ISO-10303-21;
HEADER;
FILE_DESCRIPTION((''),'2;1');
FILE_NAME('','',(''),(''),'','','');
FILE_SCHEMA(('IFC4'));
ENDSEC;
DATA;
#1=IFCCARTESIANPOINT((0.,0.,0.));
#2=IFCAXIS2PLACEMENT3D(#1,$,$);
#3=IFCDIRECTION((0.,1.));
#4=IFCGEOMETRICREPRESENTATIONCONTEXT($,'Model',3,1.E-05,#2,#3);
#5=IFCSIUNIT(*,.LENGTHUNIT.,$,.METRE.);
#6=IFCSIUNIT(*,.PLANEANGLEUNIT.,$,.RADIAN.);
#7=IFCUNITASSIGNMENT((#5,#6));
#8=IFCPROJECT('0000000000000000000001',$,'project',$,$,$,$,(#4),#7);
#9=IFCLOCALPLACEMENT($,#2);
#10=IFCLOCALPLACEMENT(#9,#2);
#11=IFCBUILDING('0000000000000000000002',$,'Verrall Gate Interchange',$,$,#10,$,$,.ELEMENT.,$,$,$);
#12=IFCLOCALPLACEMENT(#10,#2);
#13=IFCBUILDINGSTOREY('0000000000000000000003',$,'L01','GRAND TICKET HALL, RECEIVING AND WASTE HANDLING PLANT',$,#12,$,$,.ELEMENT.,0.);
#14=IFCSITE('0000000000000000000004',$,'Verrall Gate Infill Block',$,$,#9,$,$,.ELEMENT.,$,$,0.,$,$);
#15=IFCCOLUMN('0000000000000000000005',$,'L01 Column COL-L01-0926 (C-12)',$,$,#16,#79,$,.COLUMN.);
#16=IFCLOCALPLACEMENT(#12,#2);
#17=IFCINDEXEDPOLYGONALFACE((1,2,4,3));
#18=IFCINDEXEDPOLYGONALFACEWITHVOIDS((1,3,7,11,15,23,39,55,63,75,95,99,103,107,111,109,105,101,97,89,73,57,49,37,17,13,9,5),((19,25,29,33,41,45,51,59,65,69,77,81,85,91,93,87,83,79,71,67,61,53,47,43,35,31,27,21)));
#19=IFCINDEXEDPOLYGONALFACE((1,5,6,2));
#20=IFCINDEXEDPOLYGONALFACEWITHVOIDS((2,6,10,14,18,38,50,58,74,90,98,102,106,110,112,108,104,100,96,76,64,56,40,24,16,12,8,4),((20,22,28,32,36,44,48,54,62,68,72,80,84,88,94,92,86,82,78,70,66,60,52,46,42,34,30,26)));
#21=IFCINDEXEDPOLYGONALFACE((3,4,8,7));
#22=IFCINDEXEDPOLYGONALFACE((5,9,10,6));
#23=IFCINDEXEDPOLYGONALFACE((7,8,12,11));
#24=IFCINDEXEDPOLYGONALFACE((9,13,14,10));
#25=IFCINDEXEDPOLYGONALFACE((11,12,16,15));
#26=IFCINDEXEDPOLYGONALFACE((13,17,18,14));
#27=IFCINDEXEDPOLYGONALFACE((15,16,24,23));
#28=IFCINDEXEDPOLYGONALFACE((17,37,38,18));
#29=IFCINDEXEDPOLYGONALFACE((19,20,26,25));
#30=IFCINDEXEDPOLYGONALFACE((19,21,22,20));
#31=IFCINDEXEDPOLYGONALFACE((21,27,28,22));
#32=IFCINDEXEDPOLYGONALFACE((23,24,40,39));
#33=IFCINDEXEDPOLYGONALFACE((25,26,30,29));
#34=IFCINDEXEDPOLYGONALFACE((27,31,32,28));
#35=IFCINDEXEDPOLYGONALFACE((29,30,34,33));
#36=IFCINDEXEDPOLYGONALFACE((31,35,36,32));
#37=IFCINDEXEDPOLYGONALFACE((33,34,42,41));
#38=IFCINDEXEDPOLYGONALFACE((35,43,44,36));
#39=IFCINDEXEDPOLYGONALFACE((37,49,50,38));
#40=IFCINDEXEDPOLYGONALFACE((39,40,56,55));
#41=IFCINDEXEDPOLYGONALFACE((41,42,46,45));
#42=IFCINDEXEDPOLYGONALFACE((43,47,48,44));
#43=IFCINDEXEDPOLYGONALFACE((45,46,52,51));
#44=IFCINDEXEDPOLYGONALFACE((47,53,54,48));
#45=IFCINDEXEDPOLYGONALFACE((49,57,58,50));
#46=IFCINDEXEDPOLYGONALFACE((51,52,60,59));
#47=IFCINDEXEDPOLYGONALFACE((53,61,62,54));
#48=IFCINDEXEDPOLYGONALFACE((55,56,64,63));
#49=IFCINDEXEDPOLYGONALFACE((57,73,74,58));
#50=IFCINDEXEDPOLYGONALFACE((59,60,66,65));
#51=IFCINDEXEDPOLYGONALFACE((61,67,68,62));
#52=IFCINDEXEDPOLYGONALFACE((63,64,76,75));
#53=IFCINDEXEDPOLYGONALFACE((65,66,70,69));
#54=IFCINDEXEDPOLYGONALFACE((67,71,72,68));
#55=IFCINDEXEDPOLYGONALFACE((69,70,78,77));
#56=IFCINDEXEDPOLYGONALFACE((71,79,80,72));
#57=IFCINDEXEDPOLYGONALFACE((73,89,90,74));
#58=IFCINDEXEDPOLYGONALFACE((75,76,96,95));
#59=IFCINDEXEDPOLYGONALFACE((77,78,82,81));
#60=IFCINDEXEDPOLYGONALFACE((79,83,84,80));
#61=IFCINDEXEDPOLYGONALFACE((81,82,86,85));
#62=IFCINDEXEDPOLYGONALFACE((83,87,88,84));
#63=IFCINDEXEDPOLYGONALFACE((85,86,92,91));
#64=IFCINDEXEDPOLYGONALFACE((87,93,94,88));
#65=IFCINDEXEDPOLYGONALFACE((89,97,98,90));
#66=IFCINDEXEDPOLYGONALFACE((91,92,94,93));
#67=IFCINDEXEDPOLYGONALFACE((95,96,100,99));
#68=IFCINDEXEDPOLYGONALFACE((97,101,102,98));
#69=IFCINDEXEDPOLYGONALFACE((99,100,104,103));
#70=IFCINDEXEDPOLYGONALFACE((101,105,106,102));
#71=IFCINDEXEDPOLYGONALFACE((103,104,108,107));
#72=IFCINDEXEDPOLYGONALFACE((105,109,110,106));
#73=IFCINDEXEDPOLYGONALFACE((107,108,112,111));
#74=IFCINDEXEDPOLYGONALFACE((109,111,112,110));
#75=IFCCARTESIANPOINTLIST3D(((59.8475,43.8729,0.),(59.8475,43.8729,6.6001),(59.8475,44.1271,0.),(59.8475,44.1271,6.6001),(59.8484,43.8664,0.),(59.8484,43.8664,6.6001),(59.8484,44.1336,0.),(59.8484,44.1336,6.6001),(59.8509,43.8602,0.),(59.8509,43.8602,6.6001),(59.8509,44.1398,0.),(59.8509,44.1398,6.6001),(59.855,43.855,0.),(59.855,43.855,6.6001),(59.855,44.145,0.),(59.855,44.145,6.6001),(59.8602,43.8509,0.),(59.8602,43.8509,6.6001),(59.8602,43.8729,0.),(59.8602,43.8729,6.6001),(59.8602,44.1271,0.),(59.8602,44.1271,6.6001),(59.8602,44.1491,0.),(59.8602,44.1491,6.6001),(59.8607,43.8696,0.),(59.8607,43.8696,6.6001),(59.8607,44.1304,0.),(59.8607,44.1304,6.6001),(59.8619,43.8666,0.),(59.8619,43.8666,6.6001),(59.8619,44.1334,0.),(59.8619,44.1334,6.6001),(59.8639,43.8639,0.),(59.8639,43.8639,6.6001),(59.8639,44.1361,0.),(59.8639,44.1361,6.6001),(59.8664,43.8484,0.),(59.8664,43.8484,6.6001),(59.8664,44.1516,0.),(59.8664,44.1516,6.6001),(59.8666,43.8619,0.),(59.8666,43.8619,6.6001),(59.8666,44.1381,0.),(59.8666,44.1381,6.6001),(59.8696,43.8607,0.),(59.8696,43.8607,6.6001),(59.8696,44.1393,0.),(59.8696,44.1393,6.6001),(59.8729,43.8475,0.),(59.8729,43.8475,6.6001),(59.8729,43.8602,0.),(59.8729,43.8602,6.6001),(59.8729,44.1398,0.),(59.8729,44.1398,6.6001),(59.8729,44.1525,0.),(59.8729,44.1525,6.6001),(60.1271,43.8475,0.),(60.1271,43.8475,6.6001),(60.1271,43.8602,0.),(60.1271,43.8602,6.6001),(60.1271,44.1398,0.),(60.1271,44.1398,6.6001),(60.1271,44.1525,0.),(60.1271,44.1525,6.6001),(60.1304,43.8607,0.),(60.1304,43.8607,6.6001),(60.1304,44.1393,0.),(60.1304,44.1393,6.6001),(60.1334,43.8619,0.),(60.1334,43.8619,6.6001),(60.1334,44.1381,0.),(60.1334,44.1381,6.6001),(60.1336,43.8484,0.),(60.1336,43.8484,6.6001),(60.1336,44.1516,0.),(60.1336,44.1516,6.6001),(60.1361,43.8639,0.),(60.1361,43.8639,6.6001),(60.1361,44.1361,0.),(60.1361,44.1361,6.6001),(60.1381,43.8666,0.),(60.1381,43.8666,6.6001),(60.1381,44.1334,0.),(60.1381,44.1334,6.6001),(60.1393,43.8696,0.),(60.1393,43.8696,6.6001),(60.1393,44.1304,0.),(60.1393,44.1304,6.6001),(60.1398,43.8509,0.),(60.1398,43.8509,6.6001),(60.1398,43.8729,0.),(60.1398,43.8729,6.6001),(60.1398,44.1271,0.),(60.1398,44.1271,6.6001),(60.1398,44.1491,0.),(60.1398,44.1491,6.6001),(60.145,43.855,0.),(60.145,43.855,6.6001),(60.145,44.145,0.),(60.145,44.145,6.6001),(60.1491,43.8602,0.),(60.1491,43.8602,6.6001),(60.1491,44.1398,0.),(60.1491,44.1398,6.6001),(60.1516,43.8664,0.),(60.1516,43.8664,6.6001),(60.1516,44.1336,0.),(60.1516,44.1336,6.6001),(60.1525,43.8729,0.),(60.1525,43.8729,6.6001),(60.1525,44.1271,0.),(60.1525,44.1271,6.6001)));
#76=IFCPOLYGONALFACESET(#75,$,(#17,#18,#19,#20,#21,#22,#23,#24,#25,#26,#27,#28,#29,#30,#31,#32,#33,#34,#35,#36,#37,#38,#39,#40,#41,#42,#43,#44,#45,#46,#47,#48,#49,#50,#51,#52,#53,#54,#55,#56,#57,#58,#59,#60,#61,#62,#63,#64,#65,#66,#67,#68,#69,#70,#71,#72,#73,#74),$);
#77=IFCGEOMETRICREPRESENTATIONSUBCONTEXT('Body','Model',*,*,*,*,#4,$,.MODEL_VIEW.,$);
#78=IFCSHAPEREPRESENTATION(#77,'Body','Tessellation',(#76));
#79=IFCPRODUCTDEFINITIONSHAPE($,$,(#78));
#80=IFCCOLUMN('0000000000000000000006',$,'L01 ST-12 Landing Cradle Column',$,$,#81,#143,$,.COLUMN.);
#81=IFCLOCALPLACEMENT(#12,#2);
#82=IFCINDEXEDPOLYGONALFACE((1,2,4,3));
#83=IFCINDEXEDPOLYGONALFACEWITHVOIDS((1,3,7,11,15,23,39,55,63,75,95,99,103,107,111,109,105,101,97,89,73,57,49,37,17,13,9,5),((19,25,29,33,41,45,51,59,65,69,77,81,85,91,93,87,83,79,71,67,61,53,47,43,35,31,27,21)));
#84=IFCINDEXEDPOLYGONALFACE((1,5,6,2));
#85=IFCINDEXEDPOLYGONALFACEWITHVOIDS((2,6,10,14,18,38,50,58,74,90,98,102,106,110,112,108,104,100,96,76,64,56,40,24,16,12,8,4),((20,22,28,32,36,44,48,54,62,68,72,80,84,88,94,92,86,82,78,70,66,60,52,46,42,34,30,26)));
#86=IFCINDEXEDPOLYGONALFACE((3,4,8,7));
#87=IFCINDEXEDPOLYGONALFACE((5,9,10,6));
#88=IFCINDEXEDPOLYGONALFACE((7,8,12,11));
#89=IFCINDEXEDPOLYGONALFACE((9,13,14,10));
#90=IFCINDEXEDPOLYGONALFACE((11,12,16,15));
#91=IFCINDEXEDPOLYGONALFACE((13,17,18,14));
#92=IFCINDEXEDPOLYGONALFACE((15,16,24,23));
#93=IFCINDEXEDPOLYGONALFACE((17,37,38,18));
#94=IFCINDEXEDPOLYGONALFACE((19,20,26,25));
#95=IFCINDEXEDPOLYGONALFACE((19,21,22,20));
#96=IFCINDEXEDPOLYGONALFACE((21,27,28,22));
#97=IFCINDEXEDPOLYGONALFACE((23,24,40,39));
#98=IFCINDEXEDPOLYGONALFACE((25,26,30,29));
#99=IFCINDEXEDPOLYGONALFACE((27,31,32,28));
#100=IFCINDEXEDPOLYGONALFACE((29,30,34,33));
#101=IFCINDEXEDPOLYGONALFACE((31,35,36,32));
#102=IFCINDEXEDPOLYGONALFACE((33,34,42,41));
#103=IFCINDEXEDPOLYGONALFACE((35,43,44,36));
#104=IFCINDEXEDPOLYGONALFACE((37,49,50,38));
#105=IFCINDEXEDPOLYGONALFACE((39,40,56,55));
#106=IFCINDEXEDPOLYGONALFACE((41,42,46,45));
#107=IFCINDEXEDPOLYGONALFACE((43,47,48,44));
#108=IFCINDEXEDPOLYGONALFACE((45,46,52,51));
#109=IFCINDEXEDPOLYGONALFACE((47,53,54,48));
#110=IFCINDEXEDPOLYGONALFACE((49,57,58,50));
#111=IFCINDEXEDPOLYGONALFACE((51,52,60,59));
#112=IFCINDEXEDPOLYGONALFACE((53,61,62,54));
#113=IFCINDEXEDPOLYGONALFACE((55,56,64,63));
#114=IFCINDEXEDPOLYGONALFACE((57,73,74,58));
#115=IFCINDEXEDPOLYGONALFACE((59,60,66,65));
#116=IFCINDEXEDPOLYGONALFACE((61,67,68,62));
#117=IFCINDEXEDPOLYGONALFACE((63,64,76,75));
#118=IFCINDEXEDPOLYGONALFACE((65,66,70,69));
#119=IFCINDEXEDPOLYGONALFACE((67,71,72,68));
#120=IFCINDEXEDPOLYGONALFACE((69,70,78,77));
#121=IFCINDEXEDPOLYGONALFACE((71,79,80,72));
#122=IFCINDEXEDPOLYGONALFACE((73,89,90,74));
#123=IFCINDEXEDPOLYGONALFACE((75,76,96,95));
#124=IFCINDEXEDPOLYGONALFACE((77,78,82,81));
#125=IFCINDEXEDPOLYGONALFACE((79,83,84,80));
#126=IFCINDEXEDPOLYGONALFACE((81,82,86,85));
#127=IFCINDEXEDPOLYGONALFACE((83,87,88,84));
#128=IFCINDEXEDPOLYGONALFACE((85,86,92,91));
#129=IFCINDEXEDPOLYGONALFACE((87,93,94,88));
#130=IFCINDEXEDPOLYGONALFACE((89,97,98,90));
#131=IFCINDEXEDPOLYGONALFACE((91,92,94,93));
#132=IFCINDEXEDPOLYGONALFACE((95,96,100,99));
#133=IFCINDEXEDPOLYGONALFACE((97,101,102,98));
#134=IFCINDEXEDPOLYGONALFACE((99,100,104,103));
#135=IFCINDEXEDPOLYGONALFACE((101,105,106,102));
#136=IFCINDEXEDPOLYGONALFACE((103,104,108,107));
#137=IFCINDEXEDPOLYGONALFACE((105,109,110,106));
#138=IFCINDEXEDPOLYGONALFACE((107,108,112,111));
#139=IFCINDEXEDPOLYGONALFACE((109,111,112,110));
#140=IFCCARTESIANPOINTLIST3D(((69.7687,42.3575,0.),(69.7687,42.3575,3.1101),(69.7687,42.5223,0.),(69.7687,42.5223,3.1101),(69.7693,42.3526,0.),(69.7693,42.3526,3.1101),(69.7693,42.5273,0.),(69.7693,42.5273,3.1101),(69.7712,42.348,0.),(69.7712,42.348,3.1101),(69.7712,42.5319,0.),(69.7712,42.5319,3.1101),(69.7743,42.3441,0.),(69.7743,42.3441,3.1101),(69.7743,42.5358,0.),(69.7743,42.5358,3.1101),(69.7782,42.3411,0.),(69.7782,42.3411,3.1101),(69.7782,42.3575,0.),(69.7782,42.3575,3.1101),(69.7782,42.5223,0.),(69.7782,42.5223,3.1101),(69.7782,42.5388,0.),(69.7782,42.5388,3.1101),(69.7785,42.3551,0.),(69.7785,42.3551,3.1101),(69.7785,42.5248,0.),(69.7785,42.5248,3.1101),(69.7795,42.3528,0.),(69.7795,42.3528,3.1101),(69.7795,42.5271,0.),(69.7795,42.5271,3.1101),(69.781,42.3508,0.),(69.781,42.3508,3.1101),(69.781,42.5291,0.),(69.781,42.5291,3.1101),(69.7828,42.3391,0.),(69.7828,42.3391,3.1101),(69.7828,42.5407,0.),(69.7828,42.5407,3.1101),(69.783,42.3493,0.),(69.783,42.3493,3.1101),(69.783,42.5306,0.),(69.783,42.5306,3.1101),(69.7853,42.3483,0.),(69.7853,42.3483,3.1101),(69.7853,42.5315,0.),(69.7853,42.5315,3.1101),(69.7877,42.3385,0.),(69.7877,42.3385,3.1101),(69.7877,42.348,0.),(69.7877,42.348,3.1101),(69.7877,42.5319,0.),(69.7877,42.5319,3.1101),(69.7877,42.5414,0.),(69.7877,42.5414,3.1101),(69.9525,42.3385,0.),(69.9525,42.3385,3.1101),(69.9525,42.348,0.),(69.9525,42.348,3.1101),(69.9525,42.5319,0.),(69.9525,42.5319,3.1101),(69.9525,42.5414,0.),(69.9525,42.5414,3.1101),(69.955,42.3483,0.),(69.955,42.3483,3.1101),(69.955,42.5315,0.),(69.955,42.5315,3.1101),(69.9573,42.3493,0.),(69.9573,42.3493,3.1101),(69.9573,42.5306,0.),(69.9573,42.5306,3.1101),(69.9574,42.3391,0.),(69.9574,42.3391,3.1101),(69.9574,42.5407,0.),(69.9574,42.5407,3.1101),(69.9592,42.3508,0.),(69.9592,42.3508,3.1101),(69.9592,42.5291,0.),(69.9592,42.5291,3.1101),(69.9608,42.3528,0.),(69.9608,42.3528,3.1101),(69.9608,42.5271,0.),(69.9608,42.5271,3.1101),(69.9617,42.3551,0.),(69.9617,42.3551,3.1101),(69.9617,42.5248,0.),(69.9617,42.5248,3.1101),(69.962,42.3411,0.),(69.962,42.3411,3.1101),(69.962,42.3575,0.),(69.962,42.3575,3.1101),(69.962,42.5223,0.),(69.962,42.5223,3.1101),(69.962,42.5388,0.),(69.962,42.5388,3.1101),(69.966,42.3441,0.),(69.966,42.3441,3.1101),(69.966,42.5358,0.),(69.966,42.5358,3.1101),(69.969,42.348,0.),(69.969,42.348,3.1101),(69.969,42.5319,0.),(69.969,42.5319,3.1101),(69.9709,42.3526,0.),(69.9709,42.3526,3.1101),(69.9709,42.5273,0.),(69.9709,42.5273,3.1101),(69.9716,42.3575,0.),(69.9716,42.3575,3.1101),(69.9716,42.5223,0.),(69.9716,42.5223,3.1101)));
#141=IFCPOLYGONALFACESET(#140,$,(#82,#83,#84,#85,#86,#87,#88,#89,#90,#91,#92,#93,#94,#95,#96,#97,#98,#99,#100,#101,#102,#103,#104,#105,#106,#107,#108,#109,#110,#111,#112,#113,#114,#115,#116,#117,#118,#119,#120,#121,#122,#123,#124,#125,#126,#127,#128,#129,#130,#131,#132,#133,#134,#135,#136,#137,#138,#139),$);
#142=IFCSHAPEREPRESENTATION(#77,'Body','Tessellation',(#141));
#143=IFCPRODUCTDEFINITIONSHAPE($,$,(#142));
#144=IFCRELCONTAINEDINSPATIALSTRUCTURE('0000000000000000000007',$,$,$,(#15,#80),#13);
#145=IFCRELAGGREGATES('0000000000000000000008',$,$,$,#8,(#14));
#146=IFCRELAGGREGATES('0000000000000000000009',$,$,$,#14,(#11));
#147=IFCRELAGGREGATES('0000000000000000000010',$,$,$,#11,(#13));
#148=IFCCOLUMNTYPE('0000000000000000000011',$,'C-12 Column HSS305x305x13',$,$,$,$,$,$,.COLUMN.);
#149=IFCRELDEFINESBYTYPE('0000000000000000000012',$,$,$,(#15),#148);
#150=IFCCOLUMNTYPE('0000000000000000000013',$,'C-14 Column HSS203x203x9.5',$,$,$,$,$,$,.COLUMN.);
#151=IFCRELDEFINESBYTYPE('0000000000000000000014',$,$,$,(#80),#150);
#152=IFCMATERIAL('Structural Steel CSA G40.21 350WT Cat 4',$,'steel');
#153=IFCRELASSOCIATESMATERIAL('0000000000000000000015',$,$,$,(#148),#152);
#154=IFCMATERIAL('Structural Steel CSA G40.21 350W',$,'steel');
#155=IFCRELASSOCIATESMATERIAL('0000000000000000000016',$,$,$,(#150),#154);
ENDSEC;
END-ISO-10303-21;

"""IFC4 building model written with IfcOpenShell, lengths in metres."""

from ifc_helpers import new_model, si_unit, direction, frame, origin, origin_2d, place, context, subcontext, project, spatial, hollow_rectangle, extrude, material, material_profile, profile_set, type_object, element, save


model = new_model("IFC4")

# Units and contexts
model_context = context("Model", 3, precision=1e-05, world=origin(), true_north=direction((0.0, 1.0)))
body_context = subcontext(model_context, "Body", "Model", "MODEL_VIEW")
ifc_project = project(units=[si_unit("LENGTHUNIT", "METRE"), si_unit("PLANEANGLEUNIT", "RADIAN")], contexts=[model_context])

# Site, building, storey
site_placement = place(None, origin())
site = spatial("IfcSite", under=ifc_project, at=site_placement, Name="Verrall Gate Infill Block", CompositionType="ELEMENT", RefElevation=0.0)
building_placement = place(site_placement, origin())
building = spatial("IfcBuilding", under=site, at=building_placement, Name="Verrall Gate Interchange", CompositionType="ELEMENT")
storey_placement = place(building_placement, origin())
storey = spatial("IfcBuildingStorey", under=building, at=storey_placement, Name="L01", Description="GRAND TICKET HALL, RECEIVING AND WASTE HANDLING PLANT", CompositionType="ELEMENT", Elevation=0.0)

# Columns
ifc_material_1 = material(Name="Structural Steel CSA G40.21 350WT Cat 4", Category="steel")
ifc_material_profile_1 = material_profile(ifc_material_1, hollow_rectangle(XDim=0.3049, YDim=0.3049, WallThickness=0.0127, InnerFilletRadius=0.0127, OuterFilletRadius=0.0254, at=origin_2d()), Name="HSS305x305x13")
ifc_profile_set_1 = profile_set([ifc_material_profile_1], Name="Structural Steel CSA G40.21 350WT Cat 4")
column_type_1 = type_object("IfcColumnType", Name="C-12 Column HSS305x305x13", PredefinedType="COLUMN", material=ifc_profile_set_1)
column_placement = place(storey_placement, frame((60.0, 44.0, 0.0), z_axis=(0.0, 0.0, 1.0), x_axis=(1.0, 0.0, 0.0)))
element("IfcColumn", 1, at=column_placement, inside=storey, type_object=column_type_1, Name="L01 Column COL-L01-0926 (C-12)", PredefinedType="COLUMN", context=body_context, shape_type="SweptSolid", body=[
    extrude(hollow_rectangle(XDim=0.3049, YDim=0.3049, WallThickness=0.0127, InnerFilletRadius=0.0127, OuterFilletRadius=0.0254, at=origin_2d()), origin(), (0.0, 0.0, 1.0), 6.6001),
])
ifc_material_2 = material(Name="Structural Steel CSA G40.21 350W", Category="steel")
ifc_material_profile_2 = material_profile(ifc_material_2, hollow_rectangle(XDim=0.2029, YDim=0.2029, WallThickness=0.0095, InnerFilletRadius=0.0095, OuterFilletRadius=0.019, at=origin_2d()), Name="HSS203x203x9.5")
ifc_profile_set_2 = profile_set([ifc_material_profile_2], Name="Structural Steel CSA G40.21 350W")
column_type_2 = type_object("IfcColumnType", Name="C-14 Column HSS203x203x9.5", PredefinedType="COLUMN", material=ifc_profile_set_2)
for number, where, z_axis, x_axis, name in (
    (2, (69.8701, 42.4399, 0.0), (0.0, 0.0, 1.0), (1.0, 0.0, 0.0), "L01 ST-12 Landing Cradle Column"),
):
    element("IfcColumn", number, at=place(storey_placement, frame(where, z_axis=z_axis, x_axis=x_axis)), inside=storey, type_object=column_type_2, Name=name, PredefinedType="COLUMN", context=body_context, shape_type="SweptSolid", body=[
        extrude(hollow_rectangle(XDim=0.2029, YDim=0.2029, WallThickness=0.0095, InnerFilletRadius=0.0095, OuterFilletRadius=0.019, at=origin_2d()), origin(), (0.0, 0.0, 1.0), 3.1101),
    ])

save(model, "model.ifc")
